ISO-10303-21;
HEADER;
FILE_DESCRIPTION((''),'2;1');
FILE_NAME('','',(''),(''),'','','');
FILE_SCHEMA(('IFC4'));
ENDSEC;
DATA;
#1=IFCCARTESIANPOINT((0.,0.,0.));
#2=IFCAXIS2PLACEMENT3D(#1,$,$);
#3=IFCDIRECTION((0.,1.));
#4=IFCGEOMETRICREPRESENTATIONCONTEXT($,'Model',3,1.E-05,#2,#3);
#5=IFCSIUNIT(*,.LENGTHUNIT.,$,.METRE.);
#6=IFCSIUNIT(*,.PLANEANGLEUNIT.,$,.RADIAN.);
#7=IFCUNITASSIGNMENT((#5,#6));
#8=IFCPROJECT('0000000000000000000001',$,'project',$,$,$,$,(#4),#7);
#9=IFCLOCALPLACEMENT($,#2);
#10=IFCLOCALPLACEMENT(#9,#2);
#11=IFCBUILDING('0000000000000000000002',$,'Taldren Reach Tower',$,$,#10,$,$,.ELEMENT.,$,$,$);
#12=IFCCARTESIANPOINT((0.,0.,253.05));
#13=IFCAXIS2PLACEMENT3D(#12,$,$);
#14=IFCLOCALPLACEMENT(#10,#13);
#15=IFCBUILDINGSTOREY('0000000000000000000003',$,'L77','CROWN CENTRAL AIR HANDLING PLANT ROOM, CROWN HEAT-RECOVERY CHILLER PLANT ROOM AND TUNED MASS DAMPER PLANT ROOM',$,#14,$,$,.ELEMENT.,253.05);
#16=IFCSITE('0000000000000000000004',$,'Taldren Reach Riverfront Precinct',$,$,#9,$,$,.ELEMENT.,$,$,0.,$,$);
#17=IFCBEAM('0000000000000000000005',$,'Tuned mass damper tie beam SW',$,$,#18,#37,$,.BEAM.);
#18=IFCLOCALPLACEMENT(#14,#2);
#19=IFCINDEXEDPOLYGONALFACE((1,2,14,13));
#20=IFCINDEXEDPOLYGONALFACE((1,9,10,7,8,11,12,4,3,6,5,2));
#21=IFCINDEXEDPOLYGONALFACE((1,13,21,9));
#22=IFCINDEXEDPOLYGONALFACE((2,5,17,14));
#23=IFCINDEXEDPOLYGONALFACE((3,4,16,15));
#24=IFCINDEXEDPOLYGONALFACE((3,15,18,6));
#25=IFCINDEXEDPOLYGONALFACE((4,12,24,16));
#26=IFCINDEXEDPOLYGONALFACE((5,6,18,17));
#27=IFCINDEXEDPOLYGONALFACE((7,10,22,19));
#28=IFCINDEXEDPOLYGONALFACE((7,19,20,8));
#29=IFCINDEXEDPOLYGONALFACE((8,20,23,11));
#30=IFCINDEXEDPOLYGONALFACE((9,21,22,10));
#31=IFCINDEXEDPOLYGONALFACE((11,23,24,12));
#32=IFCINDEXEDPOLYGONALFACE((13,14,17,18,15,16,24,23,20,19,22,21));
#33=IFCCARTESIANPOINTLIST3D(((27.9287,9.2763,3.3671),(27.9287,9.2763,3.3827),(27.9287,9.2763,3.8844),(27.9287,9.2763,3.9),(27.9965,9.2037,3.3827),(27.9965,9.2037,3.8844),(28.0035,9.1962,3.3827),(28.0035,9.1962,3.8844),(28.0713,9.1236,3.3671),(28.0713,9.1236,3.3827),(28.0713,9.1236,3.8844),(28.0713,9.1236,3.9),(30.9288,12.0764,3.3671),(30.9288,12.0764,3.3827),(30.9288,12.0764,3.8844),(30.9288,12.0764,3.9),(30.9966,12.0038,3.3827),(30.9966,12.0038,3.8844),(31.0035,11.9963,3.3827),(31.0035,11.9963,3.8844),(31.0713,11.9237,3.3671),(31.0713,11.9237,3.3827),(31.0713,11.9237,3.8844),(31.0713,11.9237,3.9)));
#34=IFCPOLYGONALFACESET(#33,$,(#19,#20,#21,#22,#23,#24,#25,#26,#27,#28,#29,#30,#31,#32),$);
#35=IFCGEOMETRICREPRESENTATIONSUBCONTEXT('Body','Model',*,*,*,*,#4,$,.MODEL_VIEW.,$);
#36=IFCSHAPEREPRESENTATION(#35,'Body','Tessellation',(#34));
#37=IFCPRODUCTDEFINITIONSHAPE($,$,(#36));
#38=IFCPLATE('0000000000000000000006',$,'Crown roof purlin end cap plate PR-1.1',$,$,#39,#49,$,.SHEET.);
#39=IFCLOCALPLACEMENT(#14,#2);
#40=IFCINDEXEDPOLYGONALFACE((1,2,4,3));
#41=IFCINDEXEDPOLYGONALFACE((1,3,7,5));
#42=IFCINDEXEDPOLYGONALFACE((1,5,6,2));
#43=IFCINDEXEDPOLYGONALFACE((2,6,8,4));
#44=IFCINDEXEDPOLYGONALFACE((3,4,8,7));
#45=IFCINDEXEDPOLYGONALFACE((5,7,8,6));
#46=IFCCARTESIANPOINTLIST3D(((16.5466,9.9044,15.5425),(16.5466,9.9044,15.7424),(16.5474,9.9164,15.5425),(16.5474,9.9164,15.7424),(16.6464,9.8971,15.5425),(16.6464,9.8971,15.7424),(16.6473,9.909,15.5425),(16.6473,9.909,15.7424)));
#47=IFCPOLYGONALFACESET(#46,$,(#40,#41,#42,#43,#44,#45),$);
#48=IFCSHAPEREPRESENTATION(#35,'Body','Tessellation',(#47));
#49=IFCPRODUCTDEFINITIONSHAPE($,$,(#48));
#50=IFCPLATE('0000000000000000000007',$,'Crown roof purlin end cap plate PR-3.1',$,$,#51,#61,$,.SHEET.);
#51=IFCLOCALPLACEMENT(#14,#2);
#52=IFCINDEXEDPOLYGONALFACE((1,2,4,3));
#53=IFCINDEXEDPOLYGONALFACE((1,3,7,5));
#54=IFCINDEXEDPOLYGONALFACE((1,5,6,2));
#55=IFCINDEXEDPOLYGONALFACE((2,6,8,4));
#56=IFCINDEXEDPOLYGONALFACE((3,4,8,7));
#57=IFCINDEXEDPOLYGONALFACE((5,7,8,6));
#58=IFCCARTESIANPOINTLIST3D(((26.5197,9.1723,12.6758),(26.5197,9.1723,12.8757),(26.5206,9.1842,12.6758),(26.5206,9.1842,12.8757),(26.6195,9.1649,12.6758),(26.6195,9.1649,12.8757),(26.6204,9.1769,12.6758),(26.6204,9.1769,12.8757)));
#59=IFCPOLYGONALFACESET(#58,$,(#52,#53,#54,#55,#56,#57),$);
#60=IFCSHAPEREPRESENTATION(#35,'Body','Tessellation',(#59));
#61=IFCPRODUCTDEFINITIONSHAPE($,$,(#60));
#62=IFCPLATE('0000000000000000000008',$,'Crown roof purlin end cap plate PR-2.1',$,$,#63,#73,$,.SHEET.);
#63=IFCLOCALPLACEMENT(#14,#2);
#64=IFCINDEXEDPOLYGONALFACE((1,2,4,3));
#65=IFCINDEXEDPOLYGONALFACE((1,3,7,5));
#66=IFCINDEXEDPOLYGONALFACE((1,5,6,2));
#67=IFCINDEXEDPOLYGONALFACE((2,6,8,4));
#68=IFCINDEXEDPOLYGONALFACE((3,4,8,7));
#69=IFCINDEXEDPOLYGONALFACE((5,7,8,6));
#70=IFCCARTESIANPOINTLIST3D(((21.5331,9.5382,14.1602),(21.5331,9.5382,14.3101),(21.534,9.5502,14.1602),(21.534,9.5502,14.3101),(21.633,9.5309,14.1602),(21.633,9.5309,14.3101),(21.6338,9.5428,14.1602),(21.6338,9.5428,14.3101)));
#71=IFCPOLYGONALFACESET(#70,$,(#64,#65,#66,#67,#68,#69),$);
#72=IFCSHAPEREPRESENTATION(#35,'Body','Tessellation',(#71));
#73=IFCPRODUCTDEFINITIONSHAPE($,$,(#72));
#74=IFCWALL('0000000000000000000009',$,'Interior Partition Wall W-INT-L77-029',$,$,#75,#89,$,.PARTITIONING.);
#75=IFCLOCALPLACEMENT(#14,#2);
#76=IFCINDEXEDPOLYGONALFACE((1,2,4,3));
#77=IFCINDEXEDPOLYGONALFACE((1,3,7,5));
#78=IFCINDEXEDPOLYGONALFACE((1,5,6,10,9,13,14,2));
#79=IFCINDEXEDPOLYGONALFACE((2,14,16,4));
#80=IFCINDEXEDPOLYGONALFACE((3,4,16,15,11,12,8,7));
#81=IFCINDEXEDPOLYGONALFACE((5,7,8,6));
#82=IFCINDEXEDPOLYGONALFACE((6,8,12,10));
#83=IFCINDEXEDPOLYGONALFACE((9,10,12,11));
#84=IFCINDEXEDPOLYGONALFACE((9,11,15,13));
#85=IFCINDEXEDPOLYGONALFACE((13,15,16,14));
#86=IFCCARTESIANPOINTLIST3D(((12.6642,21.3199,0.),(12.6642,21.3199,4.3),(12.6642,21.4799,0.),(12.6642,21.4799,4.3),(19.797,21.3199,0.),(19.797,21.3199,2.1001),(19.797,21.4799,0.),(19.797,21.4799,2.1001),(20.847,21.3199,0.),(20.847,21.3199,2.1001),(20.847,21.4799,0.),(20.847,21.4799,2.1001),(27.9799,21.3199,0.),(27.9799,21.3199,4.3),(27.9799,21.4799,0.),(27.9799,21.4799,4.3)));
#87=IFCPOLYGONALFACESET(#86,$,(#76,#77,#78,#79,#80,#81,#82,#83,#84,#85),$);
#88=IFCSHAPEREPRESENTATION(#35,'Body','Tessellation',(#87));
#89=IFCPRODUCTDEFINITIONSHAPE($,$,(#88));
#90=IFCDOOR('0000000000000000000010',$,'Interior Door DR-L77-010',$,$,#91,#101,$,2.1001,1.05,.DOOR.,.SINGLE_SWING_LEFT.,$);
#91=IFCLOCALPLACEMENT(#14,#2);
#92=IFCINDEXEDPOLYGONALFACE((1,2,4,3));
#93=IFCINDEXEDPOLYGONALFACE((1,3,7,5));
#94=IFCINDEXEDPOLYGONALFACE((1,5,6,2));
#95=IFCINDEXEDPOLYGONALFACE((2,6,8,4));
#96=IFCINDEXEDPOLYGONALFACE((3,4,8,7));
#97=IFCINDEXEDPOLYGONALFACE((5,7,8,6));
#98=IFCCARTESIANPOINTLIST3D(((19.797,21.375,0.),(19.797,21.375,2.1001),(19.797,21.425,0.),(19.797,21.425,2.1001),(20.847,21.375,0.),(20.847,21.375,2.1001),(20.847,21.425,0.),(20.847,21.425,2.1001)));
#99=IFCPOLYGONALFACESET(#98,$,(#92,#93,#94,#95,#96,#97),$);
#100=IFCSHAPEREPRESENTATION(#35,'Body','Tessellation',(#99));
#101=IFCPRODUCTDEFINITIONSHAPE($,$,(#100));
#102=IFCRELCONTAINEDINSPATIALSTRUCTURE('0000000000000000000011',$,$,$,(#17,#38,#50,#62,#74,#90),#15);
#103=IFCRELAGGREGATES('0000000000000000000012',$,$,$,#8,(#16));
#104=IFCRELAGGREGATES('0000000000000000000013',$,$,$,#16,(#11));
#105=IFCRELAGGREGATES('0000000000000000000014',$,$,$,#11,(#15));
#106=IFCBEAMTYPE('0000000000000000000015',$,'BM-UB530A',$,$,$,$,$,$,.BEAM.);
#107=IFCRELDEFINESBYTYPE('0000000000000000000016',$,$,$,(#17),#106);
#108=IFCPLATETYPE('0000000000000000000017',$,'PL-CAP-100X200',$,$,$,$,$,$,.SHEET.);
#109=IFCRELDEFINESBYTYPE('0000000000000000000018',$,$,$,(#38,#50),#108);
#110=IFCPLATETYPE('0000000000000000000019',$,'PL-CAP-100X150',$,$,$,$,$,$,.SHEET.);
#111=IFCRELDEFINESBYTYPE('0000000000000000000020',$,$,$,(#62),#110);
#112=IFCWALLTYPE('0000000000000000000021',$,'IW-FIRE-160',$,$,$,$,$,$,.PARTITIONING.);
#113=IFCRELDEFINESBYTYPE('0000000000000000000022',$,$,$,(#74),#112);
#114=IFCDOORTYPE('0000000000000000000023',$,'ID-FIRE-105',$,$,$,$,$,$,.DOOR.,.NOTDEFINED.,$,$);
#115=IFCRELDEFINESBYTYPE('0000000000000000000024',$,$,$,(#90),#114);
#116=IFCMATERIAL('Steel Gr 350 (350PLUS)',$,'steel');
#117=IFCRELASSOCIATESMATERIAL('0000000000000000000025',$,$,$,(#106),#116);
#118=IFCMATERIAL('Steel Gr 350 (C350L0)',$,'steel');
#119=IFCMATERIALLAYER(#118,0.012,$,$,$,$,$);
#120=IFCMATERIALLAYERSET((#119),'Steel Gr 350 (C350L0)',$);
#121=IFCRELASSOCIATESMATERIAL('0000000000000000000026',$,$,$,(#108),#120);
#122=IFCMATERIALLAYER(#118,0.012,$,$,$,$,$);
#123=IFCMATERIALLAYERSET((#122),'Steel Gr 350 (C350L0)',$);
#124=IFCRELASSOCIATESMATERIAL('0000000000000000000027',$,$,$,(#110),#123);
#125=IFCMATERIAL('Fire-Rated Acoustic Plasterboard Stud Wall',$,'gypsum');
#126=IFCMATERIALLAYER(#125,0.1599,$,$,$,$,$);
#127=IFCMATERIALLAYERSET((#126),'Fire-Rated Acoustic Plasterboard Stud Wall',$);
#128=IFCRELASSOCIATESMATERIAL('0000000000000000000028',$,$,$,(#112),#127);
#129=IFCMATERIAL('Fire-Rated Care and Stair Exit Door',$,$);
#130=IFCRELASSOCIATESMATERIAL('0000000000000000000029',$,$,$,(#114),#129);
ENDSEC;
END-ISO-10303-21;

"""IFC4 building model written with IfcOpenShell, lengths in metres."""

from ifc_helpers import new_model, si_unit, direction, frame, frame_2d, origin, origin_2d, place, context, subcontext, project, spatial, rectangle, i_section, extrude, source, transform, mapped, material, layer, layer_set, material_profile, profile_set, type_object, element, fill, save


model = new_model("IFC4")

# Units and contexts
model_context = context("Model", 3, precision=1e-05, world=origin(), true_north=direction((0.0, 1.0)))
body_context = subcontext(model_context, "Body", "Model", "MODEL_VIEW")
ifc_project = project(units=[si_unit("LENGTHUNIT", "METRE"), si_unit("PLANEANGLEUNIT", "RADIAN")], contexts=[model_context])

# Site, building, storey
site_placement = place(None, origin())
site = spatial("IfcSite", under=ifc_project, at=site_placement, Name="Taldren Reach Riverfront Precinct", CompositionType="ELEMENT", RefElevation=0.0)
building_placement = place(site_placement, origin())
building = spatial("IfcBuilding", under=site, at=building_placement, Name="Taldren Reach Tower", CompositionType="ELEMENT")
storey_placement = place(building_placement, frame((0.0, 0.0, 253.05)))
storey = spatial("IfcBuildingStorey", under=building, at=storey_placement, Name="L77", Description="CROWN CENTRAL AIR HANDLING PLANT ROOM, CROWN HEAT-RECOVERY CHILLER PLANT ROOM AND TUNED MASS DAMPER PLANT ROOM", CompositionType="ELEMENT", Elevation=253.05)

# Shared definitions
ifc_material_1 = material(Name="Steel Gr 350 (350PLUS)", Category="steel")

# Shared definitions
ifc_material_profile_1 = material_profile(ifc_material_1, i_section(OverallWidth=0.209, OverallDepth=0.533, WebThickness=0.0103, FlangeThickness=0.0156, at=origin_2d()), Name="530UB92.4")
ifc_profile_set_1 = profile_set([ifc_material_profile_1], Name="Steel Gr 350 (350PLUS)")
beam_type_1 = type_object("IfcBeamType", Name="BM-UB530A", PredefinedType="BEAM", material=ifc_profile_set_1)

# Shared definitions
ifc_material_2 = material(Name="Steel Gr 350 (C350L0)", Category="steel")

# Beam
shared_shape_1 = source(origin(), body_context, "Body", "SweptSolid", [
    extrude(i_section(OverallWidth=0.209, OverallDepth=0.533, WebThickness=0.0103, FlangeThickness=0.0156, at=origin_2d()), origin(), (0.0, 0.0, 1.0), 4.1038),
])
beam_1_placement = place(storey_placement, frame((28.0, 9.2, 3.6335), z_axis=(0.731049, 0.682325, 0.0), x_axis=(-0.682325, 0.731049, 0.0)))
element("IfcBeam", 1, at=beam_1_placement, inside=storey, type_object=beam_type_1, Name="Tuned mass damper tie beam SW", PredefinedType="BEAM", context=body_context, shape_type="MappedRepresentation", body=[
    mapped(shared_shape_1, transform((0.0, 0.0, 0.0), scale=1.0)),
])

# Plates
ifc_layer_1 = layer(ifc_material_2, 0.012)
ifc_layer_set_1 = layer_set([ifc_layer_1], Name="Steel Gr 350 (C350L0)")
plate_type_1 = type_object("IfcPlateType", Name="PL-CAP-100X200", PredefinedType="SHEET", material=ifc_layer_set_1)
shared_shape_2 = source(origin(), body_context, "Body", "SweptSolid", [
    extrude(rectangle(XDim=0.1001, YDim=0.012, at=origin_2d()), origin(), (0.0, 0.0, 1.0), 0.2),
])
for number, where, z_axis, x_axis, name in (
    (2, (16.5969, 9.9067, 15.5425), (0.0, 0.0, 1.0), (0.997314, -0.073238, 0.0), "Crown roof purlin end cap plate PR-1.1"),
    (3, (26.5701, 9.1746, 12.6758), (0.0, 0.0, 1.0), (0.997314, -0.073238, 0.0), "Crown roof purlin end cap plate PR-3.1"),
):
    element("IfcPlate", number, at=place(storey_placement, frame(where, z_axis=z_axis, x_axis=x_axis)), inside=storey, type_object=plate_type_1, Name=name, PredefinedType="SHEET", context=body_context, shape_type="MappedRepresentation", body=[
        mapped(shared_shape_2, transform((0.0, 0.0, 0.0), scale=1.0)),
    ])
ifc_layer_2 = layer(ifc_material_2, 0.012)
ifc_layer_set_2 = layer_set([ifc_layer_2], Name="Steel Gr 350 (C350L0)")
plate_type_2 = type_object("IfcPlateType", Name="PL-CAP-100X150", PredefinedType="SHEET", material=ifc_layer_set_2)
shared_shape_3 = source(origin(), body_context, "Body", "SweptSolid", [
    extrude(rectangle(XDim=0.1001, YDim=0.012, at=origin_2d()), origin(), (0.0, 0.0, 1.0), 0.1499),
])
plate_placement = place(storey_placement, frame((21.5835, 9.5405, 14.1602), z_axis=(0.0, 0.0, 1.0), x_axis=(0.997314, -0.073238, 0.0)))
element("IfcPlate", 4, at=plate_placement, inside=storey, type_object=plate_type_2, Name="Crown roof purlin end cap plate PR-2.1", PredefinedType="SHEET", context=body_context, shape_type="MappedRepresentation", body=[
    mapped(shared_shape_3, transform((0.0, 0.0, 0.0), scale=1.0)),
])

# Wall, opening, door
ifc_material_3 = material(Name="Fire-Rated Acoustic Plasterboard Stud Wall", Category="gypsum")
ifc_layer_3 = layer(ifc_material_3, 0.1599)
ifc_layer_set_3 = layer_set([ifc_layer_3], Name="Fire-Rated Acoustic Plasterboard Stud Wall")
wall_type = type_object("IfcWallType", Name="IW-FIRE-160", PredefinedType="PARTITIONING", material=ifc_layer_set_3)
shared_shape_4 = source(origin(), body_context, "Body", "SweptSolid", [
    extrude(rectangle(XDim=15.3157, YDim=0.1599, at=frame_2d((7.6577, 0.0))), origin(), (0.0, 0.0, 1.0), 4.3),
])
wall_placement = place(storey_placement, frame((27.9797, 21.3999, 0.0), z_axis=(0.0, 0.0, 1.0), x_axis=(-1.0, 0.0, 0.0)))
wall = element("IfcWall", 5, at=wall_placement, inside=storey, type_object=wall_type, Name="Interior Partition Wall W-INT-L77-029", PredefinedType="PARTITIONING", context=body_context, shape_type="MappedRepresentation", body=[
    mapped(shared_shape_4, transform((0.0, 0.0, 0.0), scale=1.0)),
])
shared_shape_5 = source(origin(), body_context, "Body", "SweptSolid", [
    extrude(rectangle(XDim=1.05, YDim=2.1001, at=frame_2d((0.5249, 1.05))), frame((0.0, 0.0898, 0.0), z_axis=(0.0, -1.0, 0.0), x_axis=(1.0, 0.0, 0.0)), (0.0, 0.0, 1.0), 0.1799),
])
opening_placement = place(wall_placement, frame((7.1328, 0.0, 0.0)))
opening = element("IfcOpeningElement", 6, at=opening_placement, cuts=wall, PredefinedType="OPENING", context=body_context, shape_type="MappedRepresentation", body=[
    mapped(shared_shape_5, transform((0.0, 0.0, 0.0), scale=1.0)),
])
ifc_material_4 = material(Name="Fire-Rated Care and Stair Exit Door")
door_type = type_object("IfcDoorType", Name="ID-FIRE-105", OperationType="NOTDEFINED", PredefinedType="DOOR", material=ifc_material_4)
shared_shape_6 = source(origin(), body_context, "Body", "SweptSolid", [
    extrude(rectangle(XDim=1.05, YDim=2.1001, at=frame_2d((0.5249, 1.05))), frame((0.0, 0.0249, 0.0), z_axis=(0.0, -1.0, 0.0), x_axis=(1.0, 0.0, 0.0)), (0.0, 0.0, 1.0), 0.05),
])
door_placement = place(opening_placement, origin())
door = element("IfcDoor", 7, at=door_placement, inside=storey, type_object=door_type, Name="Interior Door DR-L77-010", OperationType="SINGLE_SWING_LEFT", OverallHeight=2.1001, OverallWidth=1.05, PredefinedType="DOOR", context=body_context, shape_type="MappedRepresentation", body=[
    mapped(shared_shape_6, transform((0.0, 0.0, 0.0), scale=1.0)),
])
fill(opening, door)

save(model, "model.ifc")
